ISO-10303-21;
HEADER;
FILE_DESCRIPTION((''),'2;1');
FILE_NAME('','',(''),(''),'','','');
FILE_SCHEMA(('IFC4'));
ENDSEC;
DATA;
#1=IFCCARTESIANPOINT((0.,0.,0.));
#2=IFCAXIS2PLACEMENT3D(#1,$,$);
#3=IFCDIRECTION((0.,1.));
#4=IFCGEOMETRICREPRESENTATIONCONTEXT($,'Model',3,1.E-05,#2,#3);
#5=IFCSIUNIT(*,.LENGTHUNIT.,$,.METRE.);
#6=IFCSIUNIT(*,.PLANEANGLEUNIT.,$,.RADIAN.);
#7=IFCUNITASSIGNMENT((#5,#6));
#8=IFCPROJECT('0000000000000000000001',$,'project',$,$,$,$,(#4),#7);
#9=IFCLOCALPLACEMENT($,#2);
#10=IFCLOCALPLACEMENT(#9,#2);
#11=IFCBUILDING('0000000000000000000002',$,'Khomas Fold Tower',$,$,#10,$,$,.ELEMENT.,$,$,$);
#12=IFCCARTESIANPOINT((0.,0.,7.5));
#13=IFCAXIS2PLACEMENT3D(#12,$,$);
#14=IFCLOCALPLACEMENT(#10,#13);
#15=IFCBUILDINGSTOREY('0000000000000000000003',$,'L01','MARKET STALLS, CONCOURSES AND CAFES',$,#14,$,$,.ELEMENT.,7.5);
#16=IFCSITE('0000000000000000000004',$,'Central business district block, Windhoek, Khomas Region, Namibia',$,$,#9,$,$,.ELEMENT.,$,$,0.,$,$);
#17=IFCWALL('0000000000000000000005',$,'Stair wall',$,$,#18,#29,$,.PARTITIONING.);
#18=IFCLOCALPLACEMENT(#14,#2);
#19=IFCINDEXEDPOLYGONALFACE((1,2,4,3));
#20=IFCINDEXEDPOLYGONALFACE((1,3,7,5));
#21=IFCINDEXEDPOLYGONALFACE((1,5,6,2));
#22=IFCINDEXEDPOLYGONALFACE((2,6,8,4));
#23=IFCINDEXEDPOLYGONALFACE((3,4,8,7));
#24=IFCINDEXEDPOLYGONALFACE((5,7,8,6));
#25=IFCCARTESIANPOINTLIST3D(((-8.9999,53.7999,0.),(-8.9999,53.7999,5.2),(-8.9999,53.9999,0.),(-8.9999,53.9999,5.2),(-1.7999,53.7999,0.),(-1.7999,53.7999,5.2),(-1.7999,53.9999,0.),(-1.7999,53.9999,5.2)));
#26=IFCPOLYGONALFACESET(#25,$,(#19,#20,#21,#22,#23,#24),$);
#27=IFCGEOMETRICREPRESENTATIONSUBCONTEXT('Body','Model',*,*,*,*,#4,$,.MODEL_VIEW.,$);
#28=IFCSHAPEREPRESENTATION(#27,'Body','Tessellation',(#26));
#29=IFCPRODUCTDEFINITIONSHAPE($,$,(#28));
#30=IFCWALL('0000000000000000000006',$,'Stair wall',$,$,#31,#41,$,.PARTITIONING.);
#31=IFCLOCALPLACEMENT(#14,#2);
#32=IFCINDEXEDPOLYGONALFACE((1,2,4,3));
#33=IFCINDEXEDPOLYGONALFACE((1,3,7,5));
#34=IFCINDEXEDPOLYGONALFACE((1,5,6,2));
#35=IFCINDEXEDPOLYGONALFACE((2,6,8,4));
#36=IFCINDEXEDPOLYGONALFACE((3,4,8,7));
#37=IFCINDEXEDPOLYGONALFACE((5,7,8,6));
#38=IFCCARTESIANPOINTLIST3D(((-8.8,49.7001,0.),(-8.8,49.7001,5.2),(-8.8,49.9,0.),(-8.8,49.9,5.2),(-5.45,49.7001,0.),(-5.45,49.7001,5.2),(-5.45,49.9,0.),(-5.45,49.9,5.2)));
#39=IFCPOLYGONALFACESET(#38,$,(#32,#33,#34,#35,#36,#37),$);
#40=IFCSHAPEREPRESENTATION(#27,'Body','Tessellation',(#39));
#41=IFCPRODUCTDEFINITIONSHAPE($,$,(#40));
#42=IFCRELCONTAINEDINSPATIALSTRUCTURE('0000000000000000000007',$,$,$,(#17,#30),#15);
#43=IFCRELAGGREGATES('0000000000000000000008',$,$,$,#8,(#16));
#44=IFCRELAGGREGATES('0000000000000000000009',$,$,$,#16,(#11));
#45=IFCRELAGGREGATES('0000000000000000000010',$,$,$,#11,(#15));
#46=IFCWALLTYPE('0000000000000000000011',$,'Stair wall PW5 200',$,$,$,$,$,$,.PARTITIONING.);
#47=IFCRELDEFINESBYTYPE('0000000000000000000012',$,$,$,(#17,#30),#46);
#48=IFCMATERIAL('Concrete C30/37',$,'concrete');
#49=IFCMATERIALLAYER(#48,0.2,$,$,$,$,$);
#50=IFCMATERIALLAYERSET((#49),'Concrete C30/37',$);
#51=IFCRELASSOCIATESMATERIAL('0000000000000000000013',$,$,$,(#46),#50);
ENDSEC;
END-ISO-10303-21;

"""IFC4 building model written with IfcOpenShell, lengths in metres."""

from ifc_helpers import new_model, si_unit, direction, frame, frame_2d, origin, place, context, subcontext, project, spatial, rectangle, extrude, source, transform, mapped, material, layer, layer_set, type_object, element, save


model = new_model("IFC4")

# Units and contexts
model_context = context("Model", 3, precision=1e-05, world=origin(), true_north=direction((0.0, 1.0)))
body_context = subcontext(model_context, "Body", "Model", "MODEL_VIEW")
ifc_project = project(units=[si_unit("LENGTHUNIT", "METRE"), si_unit("PLANEANGLEUNIT", "RADIAN")], contexts=[model_context])

# Site, building, storey
site_placement = place(None, origin())
site = spatial("IfcSite", under=ifc_project, at=site_placement, Name="Central business district block, Windhoek, Khomas Region, Namibia", CompositionType="ELEMENT", RefElevation=0.0)
building_placement = place(site_placement, origin())
building = spatial("IfcBuilding", under=site, at=building_placement, Name="Khomas Fold Tower", CompositionType="ELEMENT")
storey_placement = place(building_placement, frame((0.0, 0.0, 7.5)))
storey = spatial("IfcBuildingStorey", under=building, at=storey_placement, Name="L01", Description="MARKET STALLS, CONCOURSES AND CAFES", CompositionType="ELEMENT", Elevation=7.5)

# Shared definitions
ifc_material_1 = material(Name="Concrete C30/37", Category="concrete")
ifc_layer_1 = layer(ifc_material_1, 0.2)
ifc_layer_set_1 = layer_set([ifc_layer_1], Name="Concrete C30/37")
wall_type = type_object("IfcWallType", Name="Stair wall PW5 200", PredefinedType="PARTITIONING", material=ifc_layer_set_1)

# Walls
shared_shape_1 = source(origin(), body_context, "Body", "SweptSolid", [
    extrude(rectangle(XDim=7.2, YDim=0.2, at=frame_2d((3.6001, 0.0))), origin(), (0.0, 0.0, 1.0), 5.2),
])
wall_1_placement = place(storey_placement, frame((-9.0, 53.8999, 0.0), z_axis=(0.0, 0.0, 1.0), x_axis=(1.0, 0.0, 0.0)))
element("IfcWall", 1, at=wall_1_placement, inside=storey, type_object=wall_type, Name="Stair wall", PredefinedType="PARTITIONING", context=body_context, shape_type="MappedRepresentation", body=[
    mapped(shared_shape_1, transform((0.0, 0.0, 0.0))),
])
shared_shape_2 = source(origin(), body_context, "Body", "SweptSolid", [
    extrude(rectangle(XDim=3.3501, YDim=0.2, at=frame_2d((1.675, 0.0))), origin(), (0.0, 0.0, 1.0), 5.2),
])
wall_2_placement = place(storey_placement, frame((-8.8, 49.8, 0.0), z_axis=(0.0, 0.0, 1.0), x_axis=(1.0, 0.0, 0.0)))
element("IfcWall", 2, at=wall_2_placement, inside=storey, type_object=wall_type, Name="Stair wall", PredefinedType="PARTITIONING", context=body_context, shape_type="MappedRepresentation", body=[
    mapped(shared_shape_2, transform((0.0, 0.0, 0.0))),
])

save(model, "model.ifc")
